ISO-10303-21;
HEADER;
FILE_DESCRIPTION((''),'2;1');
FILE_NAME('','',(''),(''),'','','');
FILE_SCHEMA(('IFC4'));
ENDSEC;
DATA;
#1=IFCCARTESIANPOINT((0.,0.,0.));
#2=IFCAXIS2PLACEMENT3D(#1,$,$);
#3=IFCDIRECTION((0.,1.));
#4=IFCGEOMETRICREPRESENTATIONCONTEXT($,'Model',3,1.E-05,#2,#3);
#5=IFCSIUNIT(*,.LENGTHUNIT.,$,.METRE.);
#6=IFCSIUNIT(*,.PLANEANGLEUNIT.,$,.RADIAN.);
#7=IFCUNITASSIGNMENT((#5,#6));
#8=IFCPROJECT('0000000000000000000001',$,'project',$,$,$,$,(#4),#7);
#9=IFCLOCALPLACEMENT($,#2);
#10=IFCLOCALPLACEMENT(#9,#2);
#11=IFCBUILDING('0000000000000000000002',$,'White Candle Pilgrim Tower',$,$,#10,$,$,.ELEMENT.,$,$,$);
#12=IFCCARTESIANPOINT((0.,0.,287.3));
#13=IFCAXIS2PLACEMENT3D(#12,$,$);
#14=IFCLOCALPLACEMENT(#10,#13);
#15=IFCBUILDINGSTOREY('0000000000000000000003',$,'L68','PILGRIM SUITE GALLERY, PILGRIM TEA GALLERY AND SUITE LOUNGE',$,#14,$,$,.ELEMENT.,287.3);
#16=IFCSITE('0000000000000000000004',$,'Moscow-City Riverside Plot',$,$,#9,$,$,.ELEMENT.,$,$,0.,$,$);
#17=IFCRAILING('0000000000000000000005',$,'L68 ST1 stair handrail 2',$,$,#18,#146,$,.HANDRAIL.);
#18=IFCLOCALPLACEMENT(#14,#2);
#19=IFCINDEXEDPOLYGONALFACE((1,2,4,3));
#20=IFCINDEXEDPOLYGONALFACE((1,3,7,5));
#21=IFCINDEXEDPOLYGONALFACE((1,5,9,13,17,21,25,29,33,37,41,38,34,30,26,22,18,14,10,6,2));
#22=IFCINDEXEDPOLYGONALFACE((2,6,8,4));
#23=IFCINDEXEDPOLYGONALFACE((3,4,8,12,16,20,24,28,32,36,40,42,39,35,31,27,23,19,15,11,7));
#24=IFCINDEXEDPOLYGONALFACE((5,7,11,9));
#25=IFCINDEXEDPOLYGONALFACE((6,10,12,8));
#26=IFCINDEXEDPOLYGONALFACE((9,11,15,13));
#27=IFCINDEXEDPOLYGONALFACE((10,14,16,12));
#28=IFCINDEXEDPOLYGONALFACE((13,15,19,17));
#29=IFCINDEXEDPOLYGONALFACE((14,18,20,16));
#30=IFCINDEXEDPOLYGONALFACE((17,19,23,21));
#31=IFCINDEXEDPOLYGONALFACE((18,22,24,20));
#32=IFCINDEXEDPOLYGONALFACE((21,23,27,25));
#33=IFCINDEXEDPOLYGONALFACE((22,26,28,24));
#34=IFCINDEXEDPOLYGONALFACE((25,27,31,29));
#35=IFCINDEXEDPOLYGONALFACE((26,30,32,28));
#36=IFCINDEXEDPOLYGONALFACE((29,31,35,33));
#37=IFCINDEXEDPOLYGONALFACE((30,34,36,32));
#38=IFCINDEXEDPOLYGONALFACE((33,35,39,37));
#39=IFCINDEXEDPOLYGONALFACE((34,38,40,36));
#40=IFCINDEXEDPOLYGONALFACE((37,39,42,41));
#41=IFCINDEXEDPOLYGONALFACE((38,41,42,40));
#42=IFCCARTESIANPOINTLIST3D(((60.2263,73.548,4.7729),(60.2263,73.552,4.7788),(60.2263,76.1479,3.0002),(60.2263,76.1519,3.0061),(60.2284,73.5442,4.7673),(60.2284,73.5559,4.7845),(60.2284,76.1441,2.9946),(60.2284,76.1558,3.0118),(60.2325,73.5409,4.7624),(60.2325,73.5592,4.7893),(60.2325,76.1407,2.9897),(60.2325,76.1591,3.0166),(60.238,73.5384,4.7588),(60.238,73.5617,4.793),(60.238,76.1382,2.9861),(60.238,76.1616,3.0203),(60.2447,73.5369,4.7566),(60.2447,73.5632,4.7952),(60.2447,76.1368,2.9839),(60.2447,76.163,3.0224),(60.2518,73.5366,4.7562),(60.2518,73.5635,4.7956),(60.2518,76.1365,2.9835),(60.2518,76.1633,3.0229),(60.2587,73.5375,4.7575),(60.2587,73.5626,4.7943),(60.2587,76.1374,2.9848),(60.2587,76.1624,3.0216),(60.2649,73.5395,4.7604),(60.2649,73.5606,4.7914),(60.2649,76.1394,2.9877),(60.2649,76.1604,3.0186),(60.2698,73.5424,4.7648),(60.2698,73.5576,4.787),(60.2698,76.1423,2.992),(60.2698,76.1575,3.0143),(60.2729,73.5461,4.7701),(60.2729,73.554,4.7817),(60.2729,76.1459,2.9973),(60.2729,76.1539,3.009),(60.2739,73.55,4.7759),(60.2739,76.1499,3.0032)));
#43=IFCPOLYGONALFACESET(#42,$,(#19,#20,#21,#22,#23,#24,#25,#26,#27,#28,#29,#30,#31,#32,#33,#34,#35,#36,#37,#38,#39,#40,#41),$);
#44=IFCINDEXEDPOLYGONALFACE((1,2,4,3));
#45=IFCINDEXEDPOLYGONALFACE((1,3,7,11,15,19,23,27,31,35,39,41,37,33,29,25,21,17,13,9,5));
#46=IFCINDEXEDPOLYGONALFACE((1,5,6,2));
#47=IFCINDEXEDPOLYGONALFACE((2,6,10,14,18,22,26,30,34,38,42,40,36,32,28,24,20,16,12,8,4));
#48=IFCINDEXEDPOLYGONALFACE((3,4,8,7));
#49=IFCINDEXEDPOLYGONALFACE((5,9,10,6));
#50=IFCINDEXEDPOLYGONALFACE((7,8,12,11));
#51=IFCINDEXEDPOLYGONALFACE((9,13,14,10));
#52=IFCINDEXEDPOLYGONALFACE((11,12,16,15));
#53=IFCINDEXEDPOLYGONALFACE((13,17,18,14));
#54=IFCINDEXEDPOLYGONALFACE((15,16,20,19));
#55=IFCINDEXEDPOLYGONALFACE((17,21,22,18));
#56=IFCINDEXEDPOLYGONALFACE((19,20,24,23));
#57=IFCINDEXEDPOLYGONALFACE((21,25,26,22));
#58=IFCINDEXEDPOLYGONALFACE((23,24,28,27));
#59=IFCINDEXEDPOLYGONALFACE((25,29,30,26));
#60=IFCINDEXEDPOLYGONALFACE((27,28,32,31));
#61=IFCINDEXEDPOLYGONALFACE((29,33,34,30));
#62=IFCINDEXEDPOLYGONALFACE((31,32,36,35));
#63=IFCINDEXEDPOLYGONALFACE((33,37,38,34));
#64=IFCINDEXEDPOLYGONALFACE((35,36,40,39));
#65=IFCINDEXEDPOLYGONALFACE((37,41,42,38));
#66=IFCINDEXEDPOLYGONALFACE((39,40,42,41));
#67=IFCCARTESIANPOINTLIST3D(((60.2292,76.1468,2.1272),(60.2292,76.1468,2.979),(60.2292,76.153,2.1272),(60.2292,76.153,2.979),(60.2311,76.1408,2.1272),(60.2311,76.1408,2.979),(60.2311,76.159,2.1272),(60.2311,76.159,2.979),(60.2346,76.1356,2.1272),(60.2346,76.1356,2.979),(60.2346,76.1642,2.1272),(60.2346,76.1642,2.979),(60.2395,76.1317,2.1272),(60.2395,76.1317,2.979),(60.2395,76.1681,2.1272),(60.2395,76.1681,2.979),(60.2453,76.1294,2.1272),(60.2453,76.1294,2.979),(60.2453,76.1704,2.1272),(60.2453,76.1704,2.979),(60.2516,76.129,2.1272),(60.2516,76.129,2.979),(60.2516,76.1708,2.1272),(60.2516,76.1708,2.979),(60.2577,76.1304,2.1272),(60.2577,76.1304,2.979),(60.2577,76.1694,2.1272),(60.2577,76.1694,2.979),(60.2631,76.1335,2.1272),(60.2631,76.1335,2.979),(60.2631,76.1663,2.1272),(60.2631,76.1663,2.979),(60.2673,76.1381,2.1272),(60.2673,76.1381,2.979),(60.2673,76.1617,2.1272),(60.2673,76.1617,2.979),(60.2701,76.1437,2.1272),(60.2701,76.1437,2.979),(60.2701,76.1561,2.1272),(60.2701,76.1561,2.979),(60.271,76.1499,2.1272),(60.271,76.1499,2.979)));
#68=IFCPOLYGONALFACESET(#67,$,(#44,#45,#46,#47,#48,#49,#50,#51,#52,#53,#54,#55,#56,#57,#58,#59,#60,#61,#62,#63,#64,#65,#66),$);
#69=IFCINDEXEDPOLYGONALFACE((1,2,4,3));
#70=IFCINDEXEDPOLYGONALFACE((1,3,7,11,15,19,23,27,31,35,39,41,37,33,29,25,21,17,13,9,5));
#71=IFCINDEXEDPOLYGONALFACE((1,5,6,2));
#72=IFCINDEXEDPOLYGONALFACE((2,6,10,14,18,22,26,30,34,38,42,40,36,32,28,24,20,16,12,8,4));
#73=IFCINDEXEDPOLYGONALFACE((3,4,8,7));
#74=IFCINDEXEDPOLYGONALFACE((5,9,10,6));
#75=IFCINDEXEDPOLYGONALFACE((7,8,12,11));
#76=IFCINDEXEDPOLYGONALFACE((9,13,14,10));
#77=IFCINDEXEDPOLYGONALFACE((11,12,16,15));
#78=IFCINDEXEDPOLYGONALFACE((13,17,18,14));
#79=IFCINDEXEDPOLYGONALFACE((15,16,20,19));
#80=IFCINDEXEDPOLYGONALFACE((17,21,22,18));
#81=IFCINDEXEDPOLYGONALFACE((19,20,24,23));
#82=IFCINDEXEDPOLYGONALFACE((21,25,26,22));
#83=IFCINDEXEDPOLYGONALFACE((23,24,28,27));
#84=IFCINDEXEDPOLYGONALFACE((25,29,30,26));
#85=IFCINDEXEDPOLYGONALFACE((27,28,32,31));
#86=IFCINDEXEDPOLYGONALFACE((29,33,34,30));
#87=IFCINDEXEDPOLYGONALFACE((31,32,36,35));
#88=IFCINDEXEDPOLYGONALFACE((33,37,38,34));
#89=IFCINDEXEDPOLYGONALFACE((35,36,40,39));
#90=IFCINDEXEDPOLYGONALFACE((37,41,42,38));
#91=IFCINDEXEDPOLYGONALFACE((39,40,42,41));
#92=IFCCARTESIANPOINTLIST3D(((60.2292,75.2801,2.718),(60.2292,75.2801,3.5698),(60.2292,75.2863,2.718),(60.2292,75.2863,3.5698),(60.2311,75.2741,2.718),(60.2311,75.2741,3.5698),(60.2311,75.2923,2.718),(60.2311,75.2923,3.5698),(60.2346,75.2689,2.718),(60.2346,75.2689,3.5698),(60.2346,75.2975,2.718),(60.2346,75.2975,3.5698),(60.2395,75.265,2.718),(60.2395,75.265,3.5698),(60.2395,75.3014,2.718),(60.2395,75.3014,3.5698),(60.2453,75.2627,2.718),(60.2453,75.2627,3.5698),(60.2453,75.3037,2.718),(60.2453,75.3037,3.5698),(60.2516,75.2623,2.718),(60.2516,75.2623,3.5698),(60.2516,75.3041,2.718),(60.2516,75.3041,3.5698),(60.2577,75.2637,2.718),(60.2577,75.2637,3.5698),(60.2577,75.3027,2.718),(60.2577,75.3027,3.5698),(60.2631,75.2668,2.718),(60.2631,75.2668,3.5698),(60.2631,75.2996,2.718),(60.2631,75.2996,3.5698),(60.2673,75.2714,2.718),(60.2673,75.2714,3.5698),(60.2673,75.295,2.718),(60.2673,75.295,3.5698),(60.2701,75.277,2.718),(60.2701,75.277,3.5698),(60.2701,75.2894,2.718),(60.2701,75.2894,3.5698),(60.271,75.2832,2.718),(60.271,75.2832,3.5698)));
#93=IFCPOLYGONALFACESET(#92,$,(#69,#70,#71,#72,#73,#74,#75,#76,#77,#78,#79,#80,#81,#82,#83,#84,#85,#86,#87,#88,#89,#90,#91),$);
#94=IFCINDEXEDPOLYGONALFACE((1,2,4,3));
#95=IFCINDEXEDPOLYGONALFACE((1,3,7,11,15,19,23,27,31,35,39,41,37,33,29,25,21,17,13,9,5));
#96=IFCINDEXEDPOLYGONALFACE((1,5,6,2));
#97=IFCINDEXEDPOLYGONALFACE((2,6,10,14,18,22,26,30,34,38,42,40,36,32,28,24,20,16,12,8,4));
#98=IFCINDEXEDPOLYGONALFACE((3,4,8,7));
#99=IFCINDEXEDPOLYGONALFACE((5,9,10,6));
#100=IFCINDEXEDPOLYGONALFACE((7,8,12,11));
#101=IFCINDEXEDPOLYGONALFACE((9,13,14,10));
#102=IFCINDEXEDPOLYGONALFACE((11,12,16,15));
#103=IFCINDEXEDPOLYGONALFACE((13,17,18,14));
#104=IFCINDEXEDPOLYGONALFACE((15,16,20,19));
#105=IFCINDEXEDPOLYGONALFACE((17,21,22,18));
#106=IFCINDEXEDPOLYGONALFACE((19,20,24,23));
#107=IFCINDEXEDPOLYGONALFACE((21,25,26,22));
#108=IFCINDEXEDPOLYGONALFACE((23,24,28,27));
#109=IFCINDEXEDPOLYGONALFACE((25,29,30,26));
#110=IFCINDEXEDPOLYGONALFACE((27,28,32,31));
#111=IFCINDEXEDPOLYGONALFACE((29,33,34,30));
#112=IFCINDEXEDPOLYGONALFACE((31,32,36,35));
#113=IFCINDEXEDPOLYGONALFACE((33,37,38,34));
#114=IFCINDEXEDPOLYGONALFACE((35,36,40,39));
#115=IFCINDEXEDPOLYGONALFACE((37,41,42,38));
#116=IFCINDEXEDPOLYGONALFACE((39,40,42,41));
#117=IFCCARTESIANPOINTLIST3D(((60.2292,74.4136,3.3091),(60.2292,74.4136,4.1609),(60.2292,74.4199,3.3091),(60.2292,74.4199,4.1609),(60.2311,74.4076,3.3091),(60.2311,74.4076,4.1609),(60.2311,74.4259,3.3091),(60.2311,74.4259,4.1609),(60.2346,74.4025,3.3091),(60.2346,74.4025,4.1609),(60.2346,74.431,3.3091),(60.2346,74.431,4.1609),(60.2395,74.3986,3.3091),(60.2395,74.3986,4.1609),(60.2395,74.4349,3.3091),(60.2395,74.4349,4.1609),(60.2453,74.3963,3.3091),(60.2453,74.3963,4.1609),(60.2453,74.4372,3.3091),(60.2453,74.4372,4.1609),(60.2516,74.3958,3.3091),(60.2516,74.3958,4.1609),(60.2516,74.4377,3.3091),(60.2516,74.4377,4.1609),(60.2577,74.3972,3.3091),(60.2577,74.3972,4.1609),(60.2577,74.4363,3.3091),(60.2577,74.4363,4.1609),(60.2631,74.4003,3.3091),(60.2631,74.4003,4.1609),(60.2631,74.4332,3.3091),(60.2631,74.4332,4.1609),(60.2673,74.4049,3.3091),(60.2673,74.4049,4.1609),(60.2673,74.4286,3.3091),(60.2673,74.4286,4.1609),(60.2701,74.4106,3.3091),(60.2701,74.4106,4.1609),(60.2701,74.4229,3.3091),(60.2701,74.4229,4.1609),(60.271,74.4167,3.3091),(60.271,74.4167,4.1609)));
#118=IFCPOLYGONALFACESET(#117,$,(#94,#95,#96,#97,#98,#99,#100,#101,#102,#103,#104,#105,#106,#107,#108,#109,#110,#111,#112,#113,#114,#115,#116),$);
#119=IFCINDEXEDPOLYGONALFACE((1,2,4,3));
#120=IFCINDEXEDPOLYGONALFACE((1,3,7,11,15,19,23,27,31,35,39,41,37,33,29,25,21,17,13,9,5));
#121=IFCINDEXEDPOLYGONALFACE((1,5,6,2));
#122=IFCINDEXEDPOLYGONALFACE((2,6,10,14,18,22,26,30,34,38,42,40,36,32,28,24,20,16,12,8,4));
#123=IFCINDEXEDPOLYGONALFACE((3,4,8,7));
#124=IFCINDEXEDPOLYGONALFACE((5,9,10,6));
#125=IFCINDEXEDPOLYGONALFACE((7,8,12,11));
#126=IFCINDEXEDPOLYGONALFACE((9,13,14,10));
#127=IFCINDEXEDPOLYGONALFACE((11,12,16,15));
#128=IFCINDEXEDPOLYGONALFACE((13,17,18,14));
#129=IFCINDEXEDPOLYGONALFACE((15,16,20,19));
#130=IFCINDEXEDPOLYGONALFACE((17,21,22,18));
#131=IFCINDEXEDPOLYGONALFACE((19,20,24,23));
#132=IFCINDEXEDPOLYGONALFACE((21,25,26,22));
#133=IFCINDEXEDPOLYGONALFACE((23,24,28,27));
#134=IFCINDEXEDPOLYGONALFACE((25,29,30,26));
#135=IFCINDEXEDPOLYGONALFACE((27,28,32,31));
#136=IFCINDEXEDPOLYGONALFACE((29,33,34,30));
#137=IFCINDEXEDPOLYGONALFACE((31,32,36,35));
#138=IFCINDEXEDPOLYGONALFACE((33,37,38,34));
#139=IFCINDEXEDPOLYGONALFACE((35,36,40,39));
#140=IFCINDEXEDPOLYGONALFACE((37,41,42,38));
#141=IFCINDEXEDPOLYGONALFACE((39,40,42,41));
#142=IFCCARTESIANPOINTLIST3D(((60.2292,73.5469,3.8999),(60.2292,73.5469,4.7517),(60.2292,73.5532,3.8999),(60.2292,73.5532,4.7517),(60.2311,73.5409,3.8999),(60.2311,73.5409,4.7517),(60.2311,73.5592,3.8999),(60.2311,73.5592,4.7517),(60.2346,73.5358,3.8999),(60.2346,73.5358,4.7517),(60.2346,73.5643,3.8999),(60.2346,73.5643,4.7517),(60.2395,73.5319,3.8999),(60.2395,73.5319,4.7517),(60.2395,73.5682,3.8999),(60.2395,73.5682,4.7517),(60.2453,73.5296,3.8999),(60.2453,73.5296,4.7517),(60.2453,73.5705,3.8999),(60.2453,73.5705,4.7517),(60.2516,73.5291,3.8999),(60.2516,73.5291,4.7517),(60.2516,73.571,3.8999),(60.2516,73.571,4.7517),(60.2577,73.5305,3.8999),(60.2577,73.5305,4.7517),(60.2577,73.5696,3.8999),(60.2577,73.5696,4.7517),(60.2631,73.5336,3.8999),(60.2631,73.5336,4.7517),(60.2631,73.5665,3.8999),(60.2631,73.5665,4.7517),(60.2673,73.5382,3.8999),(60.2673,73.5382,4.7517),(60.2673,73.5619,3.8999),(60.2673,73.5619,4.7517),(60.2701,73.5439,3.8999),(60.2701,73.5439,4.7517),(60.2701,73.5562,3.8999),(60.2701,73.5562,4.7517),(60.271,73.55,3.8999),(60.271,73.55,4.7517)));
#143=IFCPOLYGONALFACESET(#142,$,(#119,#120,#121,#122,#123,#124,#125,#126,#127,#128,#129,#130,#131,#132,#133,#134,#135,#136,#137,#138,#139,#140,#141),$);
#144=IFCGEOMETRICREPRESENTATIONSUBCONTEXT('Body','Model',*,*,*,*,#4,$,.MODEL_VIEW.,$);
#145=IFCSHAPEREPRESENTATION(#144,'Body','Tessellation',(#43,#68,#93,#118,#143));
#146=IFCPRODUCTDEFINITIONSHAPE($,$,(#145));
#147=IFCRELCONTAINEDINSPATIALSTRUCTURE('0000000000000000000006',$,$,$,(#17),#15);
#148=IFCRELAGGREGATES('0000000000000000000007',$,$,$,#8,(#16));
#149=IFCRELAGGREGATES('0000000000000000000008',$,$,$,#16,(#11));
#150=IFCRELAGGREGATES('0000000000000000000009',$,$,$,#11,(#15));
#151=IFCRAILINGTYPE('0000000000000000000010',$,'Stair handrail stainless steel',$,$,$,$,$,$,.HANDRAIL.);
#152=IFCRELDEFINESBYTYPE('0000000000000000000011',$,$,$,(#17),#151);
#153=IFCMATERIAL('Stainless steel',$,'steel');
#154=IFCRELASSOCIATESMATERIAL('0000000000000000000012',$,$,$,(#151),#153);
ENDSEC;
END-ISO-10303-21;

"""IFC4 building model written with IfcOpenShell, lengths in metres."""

from ifc_helpers import new_model, si_unit, direction, frame, origin, origin_2d, place, context, subcontext, project, spatial, circle, extrude, material, type_object, element, save


model = new_model("IFC4")

# Units and contexts
model_context = context("Model", 3, precision=1e-05, world=origin(), true_north=direction((0.0, 1.0)))
body_context = subcontext(model_context, "Body", "Model", "MODEL_VIEW")
ifc_project = project(units=[si_unit("LENGTHUNIT", "METRE"), si_unit("PLANEANGLEUNIT", "RADIAN")], contexts=[model_context])

# Site, building, storey
site_placement = place(None, origin())
site = spatial("IfcSite", under=ifc_project, at=site_placement, Name="Moscow-City Riverside Plot", CompositionType="ELEMENT", RefElevation=0.0)
building_placement = place(site_placement, origin())
building = spatial("IfcBuilding", under=site, at=building_placement, Name="White Candle Pilgrim Tower", CompositionType="ELEMENT")
storey_placement = place(building_placement, frame((0.0, 0.0, 287.3)))
storey = spatial("IfcBuildingStorey", under=building, at=storey_placement, Name="L68", Description="PILGRIM SUITE GALLERY, PILGRIM TEA GALLERY AND SUITE LOUNGE", CompositionType="ELEMENT", Elevation=287.3)

# Railing
ifc_material_1 = material(Name="Stainless steel", Category="steel")
railing_type_1 = type_object("IfcRailingType", Name="Stair handrail stainless steel", PredefinedType="HANDRAIL", material=ifc_material_1)
railing_1_placement = place(storey_placement, frame((60.25, 76.1499, 2.1272)))
element("IfcRailing", 1, at=railing_1_placement, inside=storey, type_object=railing_type_1, Name="L68 ST1 stair handrail 2", PredefinedType="HANDRAIL", context=body_context, shape_type="SweptSolid", body=[
    extrude(circle(Radius=0.0239, at=origin_2d()), frame((0.0, 0.0, 0.876), z_axis=(0.0, -0.826216, 0.563354), x_axis=(1.0, 0.0, 0.0)), (0.0, 0.0, 1.0), 3.1467),
    extrude(circle(Radius=0.021, at=origin_2d()), origin(), (0.0, 0.0, 1.0), 0.8518),
    extrude(circle(Radius=0.021, at=origin_2d()), frame((0.0, -0.8667, 0.5908)), (0.0, 0.0, 1.0), 0.8518),
    extrude(circle(Radius=0.021, at=origin_2d()), frame((0.0, -1.7332, 1.1819)), (0.0, 0.0, 1.0), 0.8518),
    extrude(circle(Radius=0.021, at=origin_2d()), frame((0.0, -2.5999, 1.7727)), (0.0, 0.0, 1.0), 0.8518),
])

save(model, "model.ifc")
